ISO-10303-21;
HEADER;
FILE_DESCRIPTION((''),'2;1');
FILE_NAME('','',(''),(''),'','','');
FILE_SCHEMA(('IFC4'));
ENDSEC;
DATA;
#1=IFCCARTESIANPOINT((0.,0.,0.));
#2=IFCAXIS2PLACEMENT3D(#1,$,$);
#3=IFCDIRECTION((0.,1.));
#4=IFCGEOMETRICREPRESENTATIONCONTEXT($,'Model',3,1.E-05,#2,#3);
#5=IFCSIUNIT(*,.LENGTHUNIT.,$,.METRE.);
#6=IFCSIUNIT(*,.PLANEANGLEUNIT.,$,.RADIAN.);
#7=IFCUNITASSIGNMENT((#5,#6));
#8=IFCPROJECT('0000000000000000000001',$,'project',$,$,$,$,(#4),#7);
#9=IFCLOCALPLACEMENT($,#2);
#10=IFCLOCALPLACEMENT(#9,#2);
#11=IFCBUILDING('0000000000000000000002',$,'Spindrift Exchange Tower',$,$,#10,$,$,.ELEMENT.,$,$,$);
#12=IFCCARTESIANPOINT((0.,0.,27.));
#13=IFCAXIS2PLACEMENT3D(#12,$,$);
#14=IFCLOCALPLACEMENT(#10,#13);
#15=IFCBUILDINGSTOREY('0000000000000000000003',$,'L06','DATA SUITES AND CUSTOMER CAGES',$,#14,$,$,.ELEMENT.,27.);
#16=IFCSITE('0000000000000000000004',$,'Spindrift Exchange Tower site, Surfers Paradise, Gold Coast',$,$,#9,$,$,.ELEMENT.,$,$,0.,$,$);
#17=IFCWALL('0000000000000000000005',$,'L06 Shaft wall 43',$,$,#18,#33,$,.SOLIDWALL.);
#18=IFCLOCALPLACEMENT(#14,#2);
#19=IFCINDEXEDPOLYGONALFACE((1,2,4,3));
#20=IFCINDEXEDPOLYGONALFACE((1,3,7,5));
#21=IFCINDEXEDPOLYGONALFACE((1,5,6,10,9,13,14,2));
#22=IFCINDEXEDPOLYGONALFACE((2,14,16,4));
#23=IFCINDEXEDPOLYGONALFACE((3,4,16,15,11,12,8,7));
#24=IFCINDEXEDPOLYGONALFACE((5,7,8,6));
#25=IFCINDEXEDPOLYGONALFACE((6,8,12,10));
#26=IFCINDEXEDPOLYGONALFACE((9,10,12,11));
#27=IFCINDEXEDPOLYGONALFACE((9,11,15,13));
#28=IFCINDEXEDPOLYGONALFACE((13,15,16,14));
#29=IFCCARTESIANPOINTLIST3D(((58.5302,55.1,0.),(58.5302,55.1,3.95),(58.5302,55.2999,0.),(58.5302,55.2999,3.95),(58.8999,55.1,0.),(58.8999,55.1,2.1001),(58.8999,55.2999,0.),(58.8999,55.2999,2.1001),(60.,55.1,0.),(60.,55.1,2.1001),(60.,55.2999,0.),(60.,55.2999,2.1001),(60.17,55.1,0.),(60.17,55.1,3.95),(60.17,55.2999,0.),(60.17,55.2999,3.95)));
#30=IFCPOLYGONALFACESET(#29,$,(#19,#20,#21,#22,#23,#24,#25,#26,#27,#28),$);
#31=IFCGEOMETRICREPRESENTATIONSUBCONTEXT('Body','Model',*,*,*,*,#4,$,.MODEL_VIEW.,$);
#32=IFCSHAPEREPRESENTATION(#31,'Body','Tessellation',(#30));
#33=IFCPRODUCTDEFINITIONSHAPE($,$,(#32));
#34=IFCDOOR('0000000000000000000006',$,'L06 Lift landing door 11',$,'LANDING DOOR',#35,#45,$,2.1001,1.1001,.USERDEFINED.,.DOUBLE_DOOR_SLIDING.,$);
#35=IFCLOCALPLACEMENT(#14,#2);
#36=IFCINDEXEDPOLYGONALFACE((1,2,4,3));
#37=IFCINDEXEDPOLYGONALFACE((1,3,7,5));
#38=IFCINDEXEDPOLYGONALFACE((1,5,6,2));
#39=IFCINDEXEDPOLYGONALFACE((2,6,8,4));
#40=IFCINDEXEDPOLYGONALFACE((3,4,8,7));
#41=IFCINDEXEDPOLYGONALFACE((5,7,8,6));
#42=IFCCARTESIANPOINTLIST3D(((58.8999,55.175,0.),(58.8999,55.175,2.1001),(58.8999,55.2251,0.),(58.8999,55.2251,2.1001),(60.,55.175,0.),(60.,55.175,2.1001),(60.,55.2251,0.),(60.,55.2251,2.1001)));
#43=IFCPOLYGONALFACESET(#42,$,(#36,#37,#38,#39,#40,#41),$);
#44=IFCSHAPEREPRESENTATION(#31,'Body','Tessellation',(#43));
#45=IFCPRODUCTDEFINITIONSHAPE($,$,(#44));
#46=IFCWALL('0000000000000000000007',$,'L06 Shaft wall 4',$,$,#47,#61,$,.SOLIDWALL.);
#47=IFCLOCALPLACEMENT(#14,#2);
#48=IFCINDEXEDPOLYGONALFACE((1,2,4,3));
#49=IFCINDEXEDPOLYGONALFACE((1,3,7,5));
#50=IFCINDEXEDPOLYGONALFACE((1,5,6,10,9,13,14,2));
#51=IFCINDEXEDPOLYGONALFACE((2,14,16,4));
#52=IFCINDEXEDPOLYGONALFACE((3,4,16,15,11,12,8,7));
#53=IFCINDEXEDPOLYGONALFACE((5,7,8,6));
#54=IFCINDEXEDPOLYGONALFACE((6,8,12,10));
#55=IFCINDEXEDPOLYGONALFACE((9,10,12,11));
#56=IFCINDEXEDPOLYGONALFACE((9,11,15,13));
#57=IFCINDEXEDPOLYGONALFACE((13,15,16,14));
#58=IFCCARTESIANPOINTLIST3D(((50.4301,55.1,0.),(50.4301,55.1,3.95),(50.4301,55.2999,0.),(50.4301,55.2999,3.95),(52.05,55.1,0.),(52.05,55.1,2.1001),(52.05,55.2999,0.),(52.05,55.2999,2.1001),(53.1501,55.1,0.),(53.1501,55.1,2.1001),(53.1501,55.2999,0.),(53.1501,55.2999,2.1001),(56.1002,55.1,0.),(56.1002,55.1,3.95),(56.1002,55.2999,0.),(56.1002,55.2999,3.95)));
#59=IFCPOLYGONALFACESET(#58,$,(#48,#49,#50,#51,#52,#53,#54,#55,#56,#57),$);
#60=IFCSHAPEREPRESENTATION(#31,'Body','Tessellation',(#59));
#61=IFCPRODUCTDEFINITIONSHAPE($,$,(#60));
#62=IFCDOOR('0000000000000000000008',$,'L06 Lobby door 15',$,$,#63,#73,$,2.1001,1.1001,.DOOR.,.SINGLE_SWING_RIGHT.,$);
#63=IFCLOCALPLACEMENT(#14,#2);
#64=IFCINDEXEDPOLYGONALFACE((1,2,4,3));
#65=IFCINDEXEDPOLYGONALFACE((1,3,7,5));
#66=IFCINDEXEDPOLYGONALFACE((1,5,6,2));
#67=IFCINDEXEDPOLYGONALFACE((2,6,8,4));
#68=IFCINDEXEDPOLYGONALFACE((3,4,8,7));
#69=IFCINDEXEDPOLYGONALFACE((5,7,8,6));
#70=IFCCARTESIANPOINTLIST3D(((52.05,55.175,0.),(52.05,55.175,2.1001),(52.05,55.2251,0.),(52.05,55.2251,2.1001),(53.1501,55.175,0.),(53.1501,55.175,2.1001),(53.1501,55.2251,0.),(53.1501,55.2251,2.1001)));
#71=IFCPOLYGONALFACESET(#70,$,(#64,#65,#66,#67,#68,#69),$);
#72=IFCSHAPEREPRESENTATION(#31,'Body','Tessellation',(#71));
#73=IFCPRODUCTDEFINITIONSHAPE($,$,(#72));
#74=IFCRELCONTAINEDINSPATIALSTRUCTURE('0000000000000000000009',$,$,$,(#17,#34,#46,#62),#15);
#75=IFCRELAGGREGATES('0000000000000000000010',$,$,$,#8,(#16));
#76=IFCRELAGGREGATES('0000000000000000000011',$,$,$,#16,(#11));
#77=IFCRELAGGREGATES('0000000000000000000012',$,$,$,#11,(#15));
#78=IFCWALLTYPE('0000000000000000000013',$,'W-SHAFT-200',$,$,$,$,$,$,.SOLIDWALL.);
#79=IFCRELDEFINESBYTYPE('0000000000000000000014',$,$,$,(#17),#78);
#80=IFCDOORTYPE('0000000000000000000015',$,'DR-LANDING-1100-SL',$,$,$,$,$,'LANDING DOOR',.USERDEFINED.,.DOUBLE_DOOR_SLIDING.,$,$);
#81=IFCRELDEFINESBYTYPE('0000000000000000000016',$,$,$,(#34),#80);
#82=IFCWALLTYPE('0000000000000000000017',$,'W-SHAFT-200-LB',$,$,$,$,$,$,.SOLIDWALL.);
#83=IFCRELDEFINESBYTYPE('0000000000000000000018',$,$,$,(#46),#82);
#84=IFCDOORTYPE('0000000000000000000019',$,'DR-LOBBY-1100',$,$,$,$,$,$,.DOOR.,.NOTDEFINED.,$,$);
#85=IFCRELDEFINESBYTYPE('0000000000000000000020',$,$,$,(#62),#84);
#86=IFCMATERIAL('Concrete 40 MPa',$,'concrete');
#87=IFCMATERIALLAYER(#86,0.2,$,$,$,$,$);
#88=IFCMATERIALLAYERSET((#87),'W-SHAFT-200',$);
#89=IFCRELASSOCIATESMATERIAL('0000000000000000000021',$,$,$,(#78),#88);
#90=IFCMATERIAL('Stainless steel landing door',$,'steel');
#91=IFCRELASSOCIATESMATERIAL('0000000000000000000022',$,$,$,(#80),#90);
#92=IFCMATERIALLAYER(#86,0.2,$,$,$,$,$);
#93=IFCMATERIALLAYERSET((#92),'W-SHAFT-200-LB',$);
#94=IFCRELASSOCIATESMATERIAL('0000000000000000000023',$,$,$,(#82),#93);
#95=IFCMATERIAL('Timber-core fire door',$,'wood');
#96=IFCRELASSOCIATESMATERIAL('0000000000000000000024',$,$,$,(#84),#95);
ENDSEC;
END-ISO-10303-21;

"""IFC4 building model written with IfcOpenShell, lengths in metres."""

from ifc_helpers import new_model, si_unit, direction, frame, frame_2d, origin, place, context, subcontext, project, spatial, rectangle, extrude, source, transform, mapped, material, layer, layer_set, type_object, element, fill, save


model = new_model("IFC4")

# Units and contexts
model_context = context("Model", 3, precision=1e-05, world=origin(), true_north=direction((0.0, 1.0)))
body_context = subcontext(model_context, "Body", "Model", "MODEL_VIEW")
ifc_project = project(units=[si_unit("LENGTHUNIT", "METRE"), si_unit("PLANEANGLEUNIT", "RADIAN")], contexts=[model_context])

# Site, building, storey
site_placement = place(None, origin())
site = spatial("IfcSite", under=ifc_project, at=site_placement, Name="Spindrift Exchange Tower site, Surfers Paradise, Gold Coast", CompositionType="ELEMENT", RefElevation=0.0)
building_placement = place(site_placement, origin())
building = spatial("IfcBuilding", under=site, at=building_placement, Name="Spindrift Exchange Tower", CompositionType="ELEMENT")
storey_placement = place(building_placement, frame((0.0, 0.0, 27.0)))
storey = spatial("IfcBuildingStorey", under=building, at=storey_placement, Name="L06", Description="DATA SUITES AND CUSTOMER CAGES", CompositionType="ELEMENT", Elevation=27.0)

# Shared definitions
ifc_material_1 = material(Name="Timber-core fire door", Category="wood")

# Shared definitions
ifc_material_2 = material(Name="Concrete 40 MPa", Category="concrete")
ifc_layer_1 = layer(ifc_material_2, 0.2)
ifc_layer_set_1 = layer_set([ifc_layer_1], Name="W-SHAFT-200")
wall_type_1 = type_object("IfcWallType", Name="W-SHAFT-200", PredefinedType="SOLIDWALL", material=ifc_layer_set_1)
ifc_material_3 = material(Name="Stainless steel landing door", Category="steel")
door_type_1 = type_object("IfcDoorType", Name="DR-LANDING-1100-SL", ElementType="LANDING DOOR", OperationType="DOUBLE_DOOR_SLIDING", PredefinedType="USERDEFINED", material=ifc_material_3)
shared_shape_1 = source(origin(), body_context, "Body", "SweptSolid", [
    extrude(rectangle(XDim=1.1001, YDim=2.1001, at=frame_2d((0.55, 1.05))), frame((0.0, 0.0249, 0.0), z_axis=(0.0, -1.0, 0.0), x_axis=(1.0, 0.0, 0.0)), (0.0, 0.0, 1.0), 0.05),
])

# Walls, openings, doors
wall_1_placement = place(storey_placement, frame((60.1699, 55.2, 0.0), z_axis=(0.0, 0.0, 1.0), x_axis=(-1.0, 0.0, 0.0)))
wall_1 = element("IfcWall", 1, at=wall_1_placement, inside=storey, type_object=wall_type_1, Name="L06 Shaft wall 43", PredefinedType="SOLIDWALL", context=body_context, shape_type="SweptSolid", body=[
    extrude(rectangle(XDim=1.6399, YDim=0.2, at=frame_2d((0.8198, 0.0))), origin(), (0.0, 0.0, 1.0), 3.95),
])
opening_1_placement = place(wall_1_placement, frame((0.1699, 0.0, 0.0)))
opening_1 = element("IfcOpeningElement", 2, at=opening_1_placement, cuts=wall_1, PredefinedType="OPENING", context=body_context, shape_type="SweptSolid", body=[
    extrude(rectangle(XDim=1.1001, YDim=2.1001, at=frame_2d((0.55, 1.05))), frame((0.0, 0.1099, 0.0), z_axis=(0.0, -1.0, 0.0), x_axis=(1.0, 0.0, 0.0)), (0.0, 0.0, 1.0), 0.22),
])
door_1_placement = place(opening_1_placement, origin())
door_1 = element("IfcDoor", 3, at=door_1_placement, inside=storey, type_object=door_type_1, Name="L06 Lift landing door 11", ObjectType="LANDING DOOR", OperationType="DOUBLE_DOOR_SLIDING", OverallHeight=2.1001, OverallWidth=1.1001, PredefinedType="USERDEFINED", context=body_context, shape_type="MappedRepresentation", body=[
    mapped(shared_shape_1, transform((0.0, 0.0, 0.0), scale=1.0)),
])
fill(opening_1, door_1)
ifc_layer_2 = layer(ifc_material_2, 0.2)
ifc_layer_set_2 = layer_set([ifc_layer_2], Name="W-SHAFT-200-LB")
wall_type_2 = type_object("IfcWallType", Name="W-SHAFT-200-LB", PredefinedType="SOLIDWALL", material=ifc_layer_set_2)
wall_2_placement = place(storey_placement, frame((56.1001, 55.2, 0.0), z_axis=(0.0, 0.0, 1.0), x_axis=(-1.0, 0.0, 0.0)))
wall_2 = element("IfcWall", 4, at=wall_2_placement, inside=storey, type_object=wall_type_2, Name="L06 Shaft wall 4", PredefinedType="SOLIDWALL", context=body_context, shape_type="SweptSolid", body=[
    extrude(rectangle(XDim=5.6702, YDim=0.2, at=frame_2d((2.835, 0.0))), origin(), (0.0, 0.0, 1.0), 3.95),
])
opening_2_placement = place(wall_2_placement, frame((2.95, 0.0, 0.0)))
opening_2 = element("IfcOpeningElement", 5, at=opening_2_placement, cuts=wall_2, PredefinedType="OPENING", context=body_context, shape_type="SweptSolid", body=[
    extrude(rectangle(XDim=1.1001, YDim=2.1001, at=frame_2d((0.55, 1.05))), frame((0.0, 0.1099, 0.0), z_axis=(0.0, -1.0, 0.0), x_axis=(1.0, 0.0, 0.0)), (0.0, 0.0, 1.0), 0.22),
])
door_type_2 = type_object("IfcDoorType", Name="DR-LOBBY-1100", OperationType="NOTDEFINED", PredefinedType="DOOR", material=ifc_material_1)
shared_shape_2 = source(origin(), body_context, "Body", "SweptSolid", [
    extrude(rectangle(XDim=1.1001, YDim=2.1001, at=frame_2d((0.55, 1.05))), frame((0.0, 0.0249, 0.0), z_axis=(0.0, -1.0, 0.0), x_axis=(1.0, 0.0, 0.0)), (0.0, 0.0, 1.0), 0.05),
])
door_2_placement = place(opening_2_placement, origin())
door_2 = element("IfcDoor", 6, at=door_2_placement, inside=storey, type_object=door_type_2, Name="L06 Lobby door 15", OperationType="SINGLE_SWING_RIGHT", OverallHeight=2.1001, OverallWidth=1.1001, PredefinedType="DOOR", context=body_context, shape_type="MappedRepresentation", body=[
    mapped(shared_shape_2, transform((0.0, 0.0, 0.0), scale=1.0)),
])
fill(opening_2, door_2)

save(model, "model.ifc")
